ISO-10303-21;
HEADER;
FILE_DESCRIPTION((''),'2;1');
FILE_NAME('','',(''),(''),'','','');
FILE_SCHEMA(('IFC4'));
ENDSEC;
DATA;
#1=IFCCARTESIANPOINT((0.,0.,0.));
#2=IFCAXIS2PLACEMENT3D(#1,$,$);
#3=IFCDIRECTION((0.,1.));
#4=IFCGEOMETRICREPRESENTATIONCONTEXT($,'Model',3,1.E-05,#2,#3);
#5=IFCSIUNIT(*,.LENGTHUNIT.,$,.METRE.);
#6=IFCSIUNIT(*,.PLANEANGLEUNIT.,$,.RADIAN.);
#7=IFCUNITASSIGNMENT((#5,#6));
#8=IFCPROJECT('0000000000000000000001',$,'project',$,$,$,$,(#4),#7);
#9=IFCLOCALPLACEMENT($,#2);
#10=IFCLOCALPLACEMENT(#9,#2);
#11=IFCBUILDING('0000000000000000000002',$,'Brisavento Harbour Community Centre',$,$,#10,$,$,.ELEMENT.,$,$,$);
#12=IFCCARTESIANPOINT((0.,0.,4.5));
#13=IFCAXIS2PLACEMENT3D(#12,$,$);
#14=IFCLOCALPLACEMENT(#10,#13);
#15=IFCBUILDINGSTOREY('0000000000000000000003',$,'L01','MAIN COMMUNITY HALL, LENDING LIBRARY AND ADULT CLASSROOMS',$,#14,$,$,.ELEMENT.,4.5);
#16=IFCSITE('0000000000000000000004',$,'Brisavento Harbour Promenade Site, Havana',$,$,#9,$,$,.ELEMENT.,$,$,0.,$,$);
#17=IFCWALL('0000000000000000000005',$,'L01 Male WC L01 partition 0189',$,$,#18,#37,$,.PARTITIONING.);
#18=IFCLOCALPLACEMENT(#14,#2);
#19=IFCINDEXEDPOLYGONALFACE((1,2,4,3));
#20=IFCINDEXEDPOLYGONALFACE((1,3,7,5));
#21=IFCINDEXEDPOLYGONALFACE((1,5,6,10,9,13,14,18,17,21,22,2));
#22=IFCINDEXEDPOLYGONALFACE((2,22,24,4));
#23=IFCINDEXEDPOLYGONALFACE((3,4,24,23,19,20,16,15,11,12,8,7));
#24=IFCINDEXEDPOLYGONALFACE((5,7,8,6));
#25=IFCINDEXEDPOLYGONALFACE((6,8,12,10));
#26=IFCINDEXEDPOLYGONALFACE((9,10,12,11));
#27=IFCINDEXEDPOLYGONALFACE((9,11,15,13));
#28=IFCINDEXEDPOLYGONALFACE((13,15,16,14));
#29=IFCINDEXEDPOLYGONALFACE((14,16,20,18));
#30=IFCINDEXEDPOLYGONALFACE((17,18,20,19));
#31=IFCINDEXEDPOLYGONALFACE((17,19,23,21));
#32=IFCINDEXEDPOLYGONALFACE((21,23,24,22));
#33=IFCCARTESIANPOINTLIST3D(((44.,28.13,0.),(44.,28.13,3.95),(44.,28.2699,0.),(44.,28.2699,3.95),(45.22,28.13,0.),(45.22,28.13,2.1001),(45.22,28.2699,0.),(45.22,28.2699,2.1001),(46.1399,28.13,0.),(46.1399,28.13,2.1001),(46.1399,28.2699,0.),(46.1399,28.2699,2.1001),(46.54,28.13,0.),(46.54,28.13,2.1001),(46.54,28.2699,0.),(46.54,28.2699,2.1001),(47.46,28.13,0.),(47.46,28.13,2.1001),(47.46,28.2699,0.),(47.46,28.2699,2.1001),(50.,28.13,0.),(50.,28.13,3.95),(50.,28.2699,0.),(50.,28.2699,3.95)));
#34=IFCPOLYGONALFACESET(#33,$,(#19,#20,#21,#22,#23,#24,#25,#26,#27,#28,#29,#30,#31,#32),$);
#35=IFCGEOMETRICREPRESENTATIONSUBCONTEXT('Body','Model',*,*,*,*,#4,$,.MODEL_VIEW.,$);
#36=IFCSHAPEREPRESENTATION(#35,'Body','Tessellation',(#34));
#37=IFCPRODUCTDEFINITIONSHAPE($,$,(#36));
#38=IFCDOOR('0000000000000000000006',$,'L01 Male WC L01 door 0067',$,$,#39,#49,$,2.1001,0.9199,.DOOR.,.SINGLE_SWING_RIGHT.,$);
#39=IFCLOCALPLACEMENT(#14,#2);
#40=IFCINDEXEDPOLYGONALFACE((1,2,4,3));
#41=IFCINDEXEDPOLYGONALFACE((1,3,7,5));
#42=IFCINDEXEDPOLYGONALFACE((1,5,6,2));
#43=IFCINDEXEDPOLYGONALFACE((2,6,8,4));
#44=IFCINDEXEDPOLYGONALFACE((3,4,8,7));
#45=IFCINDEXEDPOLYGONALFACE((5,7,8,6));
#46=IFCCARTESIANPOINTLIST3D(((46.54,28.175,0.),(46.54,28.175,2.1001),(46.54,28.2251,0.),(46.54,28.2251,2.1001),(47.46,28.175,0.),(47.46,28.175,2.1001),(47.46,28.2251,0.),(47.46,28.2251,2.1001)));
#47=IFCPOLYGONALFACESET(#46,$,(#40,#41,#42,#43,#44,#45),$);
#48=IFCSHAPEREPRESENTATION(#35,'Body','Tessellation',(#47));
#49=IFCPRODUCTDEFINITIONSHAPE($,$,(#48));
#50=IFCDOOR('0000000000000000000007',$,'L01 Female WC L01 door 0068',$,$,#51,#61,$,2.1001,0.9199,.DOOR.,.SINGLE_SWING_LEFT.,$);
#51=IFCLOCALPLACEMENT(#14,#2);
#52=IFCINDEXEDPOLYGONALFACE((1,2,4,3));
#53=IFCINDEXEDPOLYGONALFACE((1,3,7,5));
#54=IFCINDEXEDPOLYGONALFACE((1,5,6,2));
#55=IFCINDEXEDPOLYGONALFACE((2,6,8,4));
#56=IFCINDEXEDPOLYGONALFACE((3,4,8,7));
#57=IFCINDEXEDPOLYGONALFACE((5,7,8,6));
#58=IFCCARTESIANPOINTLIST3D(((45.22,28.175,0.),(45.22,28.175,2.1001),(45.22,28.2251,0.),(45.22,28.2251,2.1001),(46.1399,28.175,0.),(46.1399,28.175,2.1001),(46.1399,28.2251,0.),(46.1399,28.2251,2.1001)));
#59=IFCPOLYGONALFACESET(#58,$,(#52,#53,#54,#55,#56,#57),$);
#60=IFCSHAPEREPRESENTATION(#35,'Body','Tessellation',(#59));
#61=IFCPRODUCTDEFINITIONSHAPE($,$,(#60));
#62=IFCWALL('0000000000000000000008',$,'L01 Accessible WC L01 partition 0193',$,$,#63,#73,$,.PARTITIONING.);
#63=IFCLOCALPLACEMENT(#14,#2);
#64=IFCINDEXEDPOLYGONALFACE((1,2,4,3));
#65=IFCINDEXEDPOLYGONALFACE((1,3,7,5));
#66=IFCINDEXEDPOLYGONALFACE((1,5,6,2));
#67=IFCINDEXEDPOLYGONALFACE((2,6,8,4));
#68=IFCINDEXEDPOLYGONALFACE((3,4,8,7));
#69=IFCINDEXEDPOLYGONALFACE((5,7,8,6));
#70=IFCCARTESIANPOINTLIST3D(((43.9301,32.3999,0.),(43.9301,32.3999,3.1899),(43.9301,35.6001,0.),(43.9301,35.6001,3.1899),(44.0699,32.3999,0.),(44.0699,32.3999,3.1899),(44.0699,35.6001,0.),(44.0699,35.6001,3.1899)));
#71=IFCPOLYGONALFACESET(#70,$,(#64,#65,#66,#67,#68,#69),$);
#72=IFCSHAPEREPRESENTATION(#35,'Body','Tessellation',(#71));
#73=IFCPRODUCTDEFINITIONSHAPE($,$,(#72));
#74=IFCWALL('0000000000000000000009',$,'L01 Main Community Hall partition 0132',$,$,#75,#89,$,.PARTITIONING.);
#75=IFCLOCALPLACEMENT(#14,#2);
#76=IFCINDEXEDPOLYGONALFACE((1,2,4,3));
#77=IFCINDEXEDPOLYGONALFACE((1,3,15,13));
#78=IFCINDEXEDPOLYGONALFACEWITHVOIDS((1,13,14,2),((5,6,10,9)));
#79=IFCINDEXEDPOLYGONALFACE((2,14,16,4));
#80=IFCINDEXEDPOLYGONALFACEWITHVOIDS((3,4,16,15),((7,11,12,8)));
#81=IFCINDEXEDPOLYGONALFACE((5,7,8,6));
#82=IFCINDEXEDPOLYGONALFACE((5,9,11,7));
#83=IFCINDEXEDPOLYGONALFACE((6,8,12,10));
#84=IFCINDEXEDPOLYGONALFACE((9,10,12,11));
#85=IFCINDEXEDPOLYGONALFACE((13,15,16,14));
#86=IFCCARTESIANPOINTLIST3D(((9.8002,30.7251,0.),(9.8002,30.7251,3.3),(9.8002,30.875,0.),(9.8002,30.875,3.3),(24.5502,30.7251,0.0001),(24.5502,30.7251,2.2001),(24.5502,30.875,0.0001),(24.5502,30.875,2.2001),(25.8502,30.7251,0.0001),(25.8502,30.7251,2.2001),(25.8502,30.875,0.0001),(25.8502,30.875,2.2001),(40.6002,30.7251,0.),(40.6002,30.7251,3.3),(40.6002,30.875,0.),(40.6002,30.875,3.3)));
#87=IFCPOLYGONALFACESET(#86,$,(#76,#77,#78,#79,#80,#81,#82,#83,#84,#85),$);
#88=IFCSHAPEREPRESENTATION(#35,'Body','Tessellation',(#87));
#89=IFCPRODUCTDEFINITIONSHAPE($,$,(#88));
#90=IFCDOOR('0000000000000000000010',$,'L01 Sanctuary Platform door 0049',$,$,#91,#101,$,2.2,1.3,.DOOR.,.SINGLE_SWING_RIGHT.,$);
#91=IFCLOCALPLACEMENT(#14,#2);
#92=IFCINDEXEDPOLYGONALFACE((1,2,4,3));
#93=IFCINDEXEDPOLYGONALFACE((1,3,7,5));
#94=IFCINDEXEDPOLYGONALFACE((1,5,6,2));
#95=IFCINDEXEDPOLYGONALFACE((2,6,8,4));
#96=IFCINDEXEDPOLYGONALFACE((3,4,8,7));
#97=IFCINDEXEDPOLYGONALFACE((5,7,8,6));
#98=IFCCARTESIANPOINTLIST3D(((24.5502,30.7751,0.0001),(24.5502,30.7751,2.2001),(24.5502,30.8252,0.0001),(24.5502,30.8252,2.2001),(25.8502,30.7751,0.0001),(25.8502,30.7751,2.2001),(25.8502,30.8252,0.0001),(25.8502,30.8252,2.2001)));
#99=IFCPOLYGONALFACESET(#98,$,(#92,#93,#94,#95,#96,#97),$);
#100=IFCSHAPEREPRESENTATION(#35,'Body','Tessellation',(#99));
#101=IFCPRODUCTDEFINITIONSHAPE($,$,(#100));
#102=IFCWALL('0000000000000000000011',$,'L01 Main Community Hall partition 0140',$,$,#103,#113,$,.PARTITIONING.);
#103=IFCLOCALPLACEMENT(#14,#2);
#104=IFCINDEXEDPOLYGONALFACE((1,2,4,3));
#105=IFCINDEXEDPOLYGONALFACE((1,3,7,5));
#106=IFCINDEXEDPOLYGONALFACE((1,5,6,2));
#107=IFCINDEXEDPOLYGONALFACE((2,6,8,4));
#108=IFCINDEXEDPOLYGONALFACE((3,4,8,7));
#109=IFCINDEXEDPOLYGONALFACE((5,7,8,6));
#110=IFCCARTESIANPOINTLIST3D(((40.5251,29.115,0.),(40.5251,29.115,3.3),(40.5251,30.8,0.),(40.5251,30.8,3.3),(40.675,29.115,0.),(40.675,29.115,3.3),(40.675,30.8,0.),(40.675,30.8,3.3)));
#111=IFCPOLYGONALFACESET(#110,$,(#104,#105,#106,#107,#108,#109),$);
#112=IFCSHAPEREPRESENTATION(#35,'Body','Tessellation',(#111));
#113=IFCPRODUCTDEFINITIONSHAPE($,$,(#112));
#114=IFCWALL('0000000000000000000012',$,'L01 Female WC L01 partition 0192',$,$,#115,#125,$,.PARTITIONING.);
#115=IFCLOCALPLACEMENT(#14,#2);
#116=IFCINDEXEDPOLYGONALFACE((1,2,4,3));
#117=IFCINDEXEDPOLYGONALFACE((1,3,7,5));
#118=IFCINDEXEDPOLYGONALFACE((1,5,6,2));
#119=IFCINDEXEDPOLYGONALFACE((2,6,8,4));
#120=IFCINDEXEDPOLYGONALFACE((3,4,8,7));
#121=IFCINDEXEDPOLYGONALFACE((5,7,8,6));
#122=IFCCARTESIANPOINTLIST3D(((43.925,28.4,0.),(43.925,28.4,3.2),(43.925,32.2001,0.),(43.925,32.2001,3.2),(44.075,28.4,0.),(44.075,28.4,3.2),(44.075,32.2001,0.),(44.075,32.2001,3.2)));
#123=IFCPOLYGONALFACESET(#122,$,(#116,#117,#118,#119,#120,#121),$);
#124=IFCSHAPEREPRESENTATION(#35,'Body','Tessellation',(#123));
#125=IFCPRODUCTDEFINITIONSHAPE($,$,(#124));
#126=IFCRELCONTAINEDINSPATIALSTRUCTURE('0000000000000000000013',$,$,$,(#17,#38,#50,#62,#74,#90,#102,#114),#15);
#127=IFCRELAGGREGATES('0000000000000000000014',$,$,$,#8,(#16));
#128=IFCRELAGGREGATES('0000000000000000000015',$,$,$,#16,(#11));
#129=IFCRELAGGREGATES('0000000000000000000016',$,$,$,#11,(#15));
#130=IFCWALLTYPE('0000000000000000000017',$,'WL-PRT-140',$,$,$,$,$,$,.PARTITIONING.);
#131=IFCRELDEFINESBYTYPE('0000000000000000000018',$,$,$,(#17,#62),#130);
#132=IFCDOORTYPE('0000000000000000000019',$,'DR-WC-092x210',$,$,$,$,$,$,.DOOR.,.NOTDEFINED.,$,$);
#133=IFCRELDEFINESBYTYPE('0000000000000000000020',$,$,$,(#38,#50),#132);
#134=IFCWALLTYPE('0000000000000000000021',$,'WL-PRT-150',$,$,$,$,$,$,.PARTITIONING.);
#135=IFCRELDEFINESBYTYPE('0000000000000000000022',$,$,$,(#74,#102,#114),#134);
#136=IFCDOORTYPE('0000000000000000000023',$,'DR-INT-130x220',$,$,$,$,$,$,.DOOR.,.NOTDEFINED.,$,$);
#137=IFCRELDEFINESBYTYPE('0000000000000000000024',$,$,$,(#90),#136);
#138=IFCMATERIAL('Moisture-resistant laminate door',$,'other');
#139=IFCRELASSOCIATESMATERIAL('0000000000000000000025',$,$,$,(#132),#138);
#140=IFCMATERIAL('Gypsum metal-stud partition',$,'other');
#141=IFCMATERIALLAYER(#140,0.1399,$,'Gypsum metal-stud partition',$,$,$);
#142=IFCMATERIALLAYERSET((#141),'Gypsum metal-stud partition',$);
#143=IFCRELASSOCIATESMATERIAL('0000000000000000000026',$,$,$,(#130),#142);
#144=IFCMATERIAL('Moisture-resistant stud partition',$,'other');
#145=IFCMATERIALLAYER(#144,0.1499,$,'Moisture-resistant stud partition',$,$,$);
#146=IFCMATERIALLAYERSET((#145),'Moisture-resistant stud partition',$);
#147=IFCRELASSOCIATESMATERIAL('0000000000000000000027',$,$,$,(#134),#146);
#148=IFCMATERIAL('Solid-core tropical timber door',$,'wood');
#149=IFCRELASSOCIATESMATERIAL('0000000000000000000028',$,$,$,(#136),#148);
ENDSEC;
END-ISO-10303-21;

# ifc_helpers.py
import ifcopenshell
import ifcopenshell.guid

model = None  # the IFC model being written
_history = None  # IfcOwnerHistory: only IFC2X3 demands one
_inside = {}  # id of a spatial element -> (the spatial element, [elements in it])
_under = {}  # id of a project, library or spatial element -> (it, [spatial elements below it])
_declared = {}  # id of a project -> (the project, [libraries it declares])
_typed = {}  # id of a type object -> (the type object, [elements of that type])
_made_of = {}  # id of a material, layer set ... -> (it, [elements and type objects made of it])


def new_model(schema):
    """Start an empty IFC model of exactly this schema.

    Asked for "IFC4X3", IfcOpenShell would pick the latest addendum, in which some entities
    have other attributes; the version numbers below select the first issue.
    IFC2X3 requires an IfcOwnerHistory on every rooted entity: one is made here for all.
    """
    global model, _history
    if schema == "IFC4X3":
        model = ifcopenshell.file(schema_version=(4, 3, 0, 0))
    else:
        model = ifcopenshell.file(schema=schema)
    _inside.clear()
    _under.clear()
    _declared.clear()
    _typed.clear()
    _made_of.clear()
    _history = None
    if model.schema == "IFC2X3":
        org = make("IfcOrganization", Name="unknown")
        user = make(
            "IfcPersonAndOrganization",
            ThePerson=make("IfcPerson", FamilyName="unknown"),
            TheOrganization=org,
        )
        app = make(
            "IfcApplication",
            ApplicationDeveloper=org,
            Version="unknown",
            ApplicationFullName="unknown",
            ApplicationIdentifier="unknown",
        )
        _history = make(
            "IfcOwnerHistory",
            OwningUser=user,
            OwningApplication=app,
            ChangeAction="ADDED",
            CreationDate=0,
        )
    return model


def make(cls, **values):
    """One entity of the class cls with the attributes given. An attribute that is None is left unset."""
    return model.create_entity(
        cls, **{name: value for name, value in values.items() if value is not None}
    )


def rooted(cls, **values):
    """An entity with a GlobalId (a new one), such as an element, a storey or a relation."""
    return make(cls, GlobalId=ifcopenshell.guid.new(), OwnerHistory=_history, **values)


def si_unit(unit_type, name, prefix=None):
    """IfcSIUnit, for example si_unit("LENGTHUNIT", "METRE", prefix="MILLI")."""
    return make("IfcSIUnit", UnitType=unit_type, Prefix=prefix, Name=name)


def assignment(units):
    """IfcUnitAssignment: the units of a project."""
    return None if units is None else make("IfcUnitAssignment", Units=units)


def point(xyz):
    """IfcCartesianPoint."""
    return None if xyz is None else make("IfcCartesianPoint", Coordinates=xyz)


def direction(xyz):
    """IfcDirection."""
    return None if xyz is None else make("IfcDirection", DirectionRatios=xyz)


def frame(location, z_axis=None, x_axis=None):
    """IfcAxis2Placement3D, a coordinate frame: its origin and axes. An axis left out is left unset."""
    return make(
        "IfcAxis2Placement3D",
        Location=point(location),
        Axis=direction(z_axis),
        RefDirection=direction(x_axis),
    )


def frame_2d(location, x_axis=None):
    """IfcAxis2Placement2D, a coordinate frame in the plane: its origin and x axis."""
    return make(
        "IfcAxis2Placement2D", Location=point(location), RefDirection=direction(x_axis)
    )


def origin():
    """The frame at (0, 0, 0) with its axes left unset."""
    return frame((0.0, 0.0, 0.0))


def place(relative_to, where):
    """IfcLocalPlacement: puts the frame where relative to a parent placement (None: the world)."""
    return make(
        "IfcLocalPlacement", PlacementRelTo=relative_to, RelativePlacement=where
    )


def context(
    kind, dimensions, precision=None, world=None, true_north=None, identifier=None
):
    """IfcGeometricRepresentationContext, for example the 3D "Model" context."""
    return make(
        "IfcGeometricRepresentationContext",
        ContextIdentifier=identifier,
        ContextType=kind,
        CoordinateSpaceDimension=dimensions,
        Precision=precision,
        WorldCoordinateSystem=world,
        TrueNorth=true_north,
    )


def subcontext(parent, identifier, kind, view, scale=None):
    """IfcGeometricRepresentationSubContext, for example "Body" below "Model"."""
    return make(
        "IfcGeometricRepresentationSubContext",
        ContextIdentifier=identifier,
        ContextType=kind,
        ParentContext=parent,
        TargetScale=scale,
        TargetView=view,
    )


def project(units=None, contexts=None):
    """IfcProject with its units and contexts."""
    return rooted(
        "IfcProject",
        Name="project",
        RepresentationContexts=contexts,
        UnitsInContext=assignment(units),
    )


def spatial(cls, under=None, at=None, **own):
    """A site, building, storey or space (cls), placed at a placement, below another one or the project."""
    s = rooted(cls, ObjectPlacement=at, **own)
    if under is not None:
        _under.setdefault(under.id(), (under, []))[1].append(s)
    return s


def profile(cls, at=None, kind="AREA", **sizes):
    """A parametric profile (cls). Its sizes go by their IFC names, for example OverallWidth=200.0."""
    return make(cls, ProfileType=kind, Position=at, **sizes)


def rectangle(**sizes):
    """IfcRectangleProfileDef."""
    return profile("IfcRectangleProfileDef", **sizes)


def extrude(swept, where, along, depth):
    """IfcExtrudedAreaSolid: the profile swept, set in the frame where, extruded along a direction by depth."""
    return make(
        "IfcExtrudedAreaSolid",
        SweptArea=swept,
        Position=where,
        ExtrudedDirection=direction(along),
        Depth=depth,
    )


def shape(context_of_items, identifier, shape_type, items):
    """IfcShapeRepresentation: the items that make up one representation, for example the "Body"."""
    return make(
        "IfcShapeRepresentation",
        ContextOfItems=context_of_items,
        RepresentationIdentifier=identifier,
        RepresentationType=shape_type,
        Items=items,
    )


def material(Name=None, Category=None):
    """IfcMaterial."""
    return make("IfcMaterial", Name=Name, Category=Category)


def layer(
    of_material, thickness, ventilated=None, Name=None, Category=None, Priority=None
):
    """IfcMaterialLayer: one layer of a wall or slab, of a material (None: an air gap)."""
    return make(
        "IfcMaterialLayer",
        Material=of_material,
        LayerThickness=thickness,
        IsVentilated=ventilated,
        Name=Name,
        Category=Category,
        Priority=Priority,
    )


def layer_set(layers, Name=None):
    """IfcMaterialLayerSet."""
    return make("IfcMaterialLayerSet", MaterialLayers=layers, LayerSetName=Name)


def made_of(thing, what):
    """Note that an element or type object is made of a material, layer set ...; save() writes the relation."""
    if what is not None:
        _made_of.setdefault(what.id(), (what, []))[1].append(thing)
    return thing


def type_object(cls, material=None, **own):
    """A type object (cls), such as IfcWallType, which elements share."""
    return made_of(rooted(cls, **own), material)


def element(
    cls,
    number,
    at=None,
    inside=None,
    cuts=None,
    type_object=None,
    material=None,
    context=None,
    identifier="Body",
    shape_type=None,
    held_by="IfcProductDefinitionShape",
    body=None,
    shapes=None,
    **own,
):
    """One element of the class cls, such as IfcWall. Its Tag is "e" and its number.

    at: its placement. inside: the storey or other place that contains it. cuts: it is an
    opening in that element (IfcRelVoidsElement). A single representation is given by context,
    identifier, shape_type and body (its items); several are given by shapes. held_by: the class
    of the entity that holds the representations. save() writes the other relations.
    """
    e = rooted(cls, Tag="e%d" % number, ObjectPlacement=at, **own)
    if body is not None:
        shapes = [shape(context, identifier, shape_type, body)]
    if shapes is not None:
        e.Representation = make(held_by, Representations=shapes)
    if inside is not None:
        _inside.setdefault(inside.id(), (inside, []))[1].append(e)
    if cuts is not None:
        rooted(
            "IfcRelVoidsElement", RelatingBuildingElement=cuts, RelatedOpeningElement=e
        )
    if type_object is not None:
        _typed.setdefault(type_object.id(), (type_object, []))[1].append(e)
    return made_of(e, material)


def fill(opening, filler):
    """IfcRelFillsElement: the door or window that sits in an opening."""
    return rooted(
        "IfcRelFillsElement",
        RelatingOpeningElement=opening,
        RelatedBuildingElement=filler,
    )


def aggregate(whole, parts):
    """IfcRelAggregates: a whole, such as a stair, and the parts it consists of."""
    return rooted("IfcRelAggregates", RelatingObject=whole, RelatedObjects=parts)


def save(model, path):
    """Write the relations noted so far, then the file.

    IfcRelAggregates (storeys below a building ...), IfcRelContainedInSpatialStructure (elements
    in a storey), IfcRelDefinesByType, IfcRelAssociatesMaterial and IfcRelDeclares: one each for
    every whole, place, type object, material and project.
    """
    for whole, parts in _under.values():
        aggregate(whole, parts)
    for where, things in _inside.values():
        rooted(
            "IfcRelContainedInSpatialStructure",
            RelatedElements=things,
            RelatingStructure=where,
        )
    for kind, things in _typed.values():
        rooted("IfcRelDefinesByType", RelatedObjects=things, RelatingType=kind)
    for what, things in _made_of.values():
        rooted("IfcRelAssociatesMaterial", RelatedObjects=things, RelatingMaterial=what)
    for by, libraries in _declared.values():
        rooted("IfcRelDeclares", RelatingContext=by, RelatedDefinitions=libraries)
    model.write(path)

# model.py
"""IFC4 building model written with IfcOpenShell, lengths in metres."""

from ifc_helpers import new_model, si_unit, direction, frame, frame_2d, origin, place, context, subcontext, project, spatial, rectangle, extrude, material, layer, layer_set, type_object, element, fill, save


model = new_model("IFC4")

# Units and contexts
model_context = context("Model", 3, precision=1e-05, world=origin(), true_north=direction((0.0, 1.0)))
body_context = subcontext(model_context, "Body", "Model", "MODEL_VIEW")
ifc_project = project(units=[si_unit("LENGTHUNIT", "METRE"), si_unit("PLANEANGLEUNIT", "RADIAN")], contexts=[model_context])

# Site, building, storey
site_placement = place(None, origin())
site = spatial("IfcSite", under=ifc_project, at=site_placement, Name="Brisavento Harbour Promenade Site, Havana", CompositionType="ELEMENT", RefElevation=0.0)
building_placement = place(site_placement, origin())
building = spatial("IfcBuilding", under=site, at=building_placement, Name="Brisavento Harbour Community Centre", CompositionType="ELEMENT")
storey_placement = place(building_placement, frame((0.0, 0.0, 4.5)))
storey = spatial("IfcBuildingStorey", under=building, at=storey_placement, Name="L01", Description="MAIN COMMUNITY HALL, LENDING LIBRARY AND ADULT CLASSROOMS", CompositionType="ELEMENT", Elevation=4.5)

# Shared definitions
ifc_material_1 = material(Name="Moisture-resistant laminate door", Category="other")
door_type_1 = type_object("IfcDoorType", Name="DR-WC-092x210", OperationType="NOTDEFINED", PredefinedType="DOOR", material=ifc_material_1)

# Shared definitions
ifc_material_2 = material(Name="Gypsum metal-stud partition", Category="other")

# Wall, openings, doors
ifc_layer_1 = layer(ifc_material_2, 0.1399, Name="Gypsum metal-stud partition")
ifc_layer_set_1 = layer_set([ifc_layer_1], Name="Gypsum metal-stud partition")
wall_type_1 = type_object("IfcWallType", Name="WL-PRT-140", PredefinedType="PARTITIONING", material=ifc_layer_set_1)
wall_1_placement = place(storey_placement, frame((50.0, 28.2, 0.0), z_axis=(0.0, 0.0, 1.0), x_axis=(-1.0, 0.0, 0.0)))
wall_1 = element("IfcWall", 1, at=wall_1_placement, inside=storey, type_object=wall_type_1, Name="L01 Male WC L01 partition 0189", PredefinedType="PARTITIONING", context=body_context, shape_type="SweptSolid", body=[
    extrude(rectangle(XDim=6.0, YDim=0.1399, at=frame_2d((3.0, 0.0))), origin(), (0.0, 0.0, 1.0), 3.95),
])
opening_1_placement = place(wall_1_placement, frame((2.54, 0.0, 0.0)))
opening_1 = element("IfcOpeningElement", 2, at=opening_1_placement, cuts=wall_1, PredefinedType="OPENING", context=body_context, shape_type="SweptSolid", body=[
    extrude(rectangle(XDim=0.9199, YDim=2.1001, at=frame_2d((0.46, 1.05))), frame((0.0, 0.0801, 0.0), z_axis=(0.0, -1.0, 0.0), x_axis=(1.0, 0.0, 0.0)), (0.0, 0.0, 1.0), 0.1599),
])
opening_2_placement = place(wall_1_placement, frame((3.8601, 0.0, 0.0)))
opening_2 = element("IfcOpeningElement", 3, at=opening_2_placement, cuts=wall_1, PredefinedType="OPENING", context=body_context, shape_type="SweptSolid", body=[
    extrude(rectangle(XDim=0.9199, YDim=2.1001, at=frame_2d((0.46, 1.05))), frame((0.0, 0.0801, 0.0), z_axis=(0.0, -1.0, 0.0), x_axis=(1.0, 0.0, 0.0)), (0.0, 0.0, 1.0), 0.1599),
])
door_1_placement = place(opening_1_placement, origin())
door_1 = element("IfcDoor", 4, at=door_1_placement, inside=storey, type_object=door_type_1, Name="L01 Male WC L01 door 0067", OperationType="SINGLE_SWING_RIGHT", OverallHeight=2.1001, OverallWidth=0.9199, PredefinedType="DOOR", context=body_context, shape_type="SweptSolid", body=[
    extrude(rectangle(XDim=0.9199, YDim=2.1001, at=frame_2d((0.46, 1.05))), frame((0.0, 0.0249, 0.0), z_axis=(0.0, -1.0, 0.0), x_axis=(1.0, 0.0, 0.0)), (0.0, 0.0, 1.0), 0.05),
])
fill(opening_1, door_1)
door_2_placement = place(opening_2_placement, origin())
door_2 = element("IfcDoor", 5, at=door_2_placement, inside=storey, type_object=door_type_1, Name="L01 Female WC L01 door 0068", OperationType="SINGLE_SWING_LEFT", OverallHeight=2.1001, OverallWidth=0.9199, PredefinedType="DOOR", context=body_context, shape_type="SweptSolid", body=[
    extrude(rectangle(XDim=0.9199, YDim=2.1001, at=frame_2d((0.46, 1.05))), frame((0.0, 0.0249, 0.0), z_axis=(0.0, -1.0, 0.0), x_axis=(1.0, 0.0, 0.0)), (0.0, 0.0, 1.0), 0.05),
])
fill(opening_2, door_2)

# Wall
wall_2_placement = place(storey_placement, frame((44.0, 35.6001, 0.0), z_axis=(0.0, 0.0, 1.0), x_axis=(0.0, -1.0, 0.0)))
element("IfcWall", 6, at=wall_2_placement, inside=storey, type_object=wall_type_1, Name="L01 Accessible WC L01 partition 0193", PredefinedType="PARTITIONING", context=body_context, shape_type="SweptSolid", body=[
    extrude(rectangle(XDim=3.2002, YDim=0.1399, at=frame_2d((1.6001, 0.0))), origin(), (0.0, 0.0, 1.0), 3.1899),
])

# Wall, opening, door
ifc_material_3 = material(Name="Moisture-resistant stud partition", Category="other")
ifc_layer_2 = layer(ifc_material_3, 0.1499, Name="Moisture-resistant stud partition")
ifc_layer_set_2 = layer_set([ifc_layer_2], Name="Moisture-resistant stud partition")
wall_type_2 = type_object("IfcWallType", Name="WL-PRT-150", PredefinedType="PARTITIONING", material=ifc_layer_set_2)
wall_3_placement = place(storey_placement, frame((40.6001, 30.8, 0.0), z_axis=(0.0, 0.0, 1.0), x_axis=(-1.0, 0.0, 0.0)))
wall_3 = element("IfcWall", 7, at=wall_3_placement, inside=storey, type_object=wall_type_2, Name="L01 Main Community Hall partition 0132", PredefinedType="PARTITIONING", context=body_context, shape_type="SweptSolid", body=[
    extrude(rectangle(XDim=30.8, YDim=0.1499, at=frame_2d((15.3999, 0.0))), origin(), (0.0, 0.0, 1.0), 3.3),
])
opening_3_placement = place(wall_3_placement, frame((14.75, 0.0, 0.0)))
opening_3 = element("IfcOpeningElement", 8, at=opening_3_placement, cuts=wall_3, PredefinedType="OPENING", context=body_context, shape_type="SweptSolid", body=[
    extrude(rectangle(XDim=1.3, YDim=2.2, at=frame_2d((0.6499, 1.1001))), frame((0.0, 0.085, 0.0), z_axis=(0.0, -1.0, 0.0), x_axis=(1.0, 0.0, 0.0)), (0.0, 0.0, 1.0), 0.1699),
])
ifc_material_4 = material(Name="Solid-core tropical timber door", Category="wood")
door_type_2 = type_object("IfcDoorType", Name="DR-INT-130x220", OperationType="NOTDEFINED", PredefinedType="DOOR", material=ifc_material_4)
door_3_placement = place(opening_3_placement, origin())
door_3 = element("IfcDoor", 9, at=door_3_placement, inside=storey, type_object=door_type_2, Name="L01 Sanctuary Platform door 0049", OperationType="SINGLE_SWING_RIGHT", OverallHeight=2.2, OverallWidth=1.3, PredefinedType="DOOR", context=body_context, shape_type="SweptSolid", body=[
    extrude(rectangle(XDim=1.3, YDim=2.2, at=frame_2d((0.6499, 1.1001))), frame((0.0, 0.0249, 0.0), z_axis=(0.0, -1.0, 0.0), x_axis=(1.0, 0.0, 0.0)), (0.0, 0.0, 1.0), 0.05),
])
fill(opening_3, door_3)

# Walls
wall_4_placement = place(storey_placement, frame((40.6001, 29.115, 0.0), z_axis=(0.0, 0.0, 1.0), x_axis=(0.0, 1.0, 0.0)))
element("IfcWall", 10, at=wall_4_placement, inside=storey, type_object=wall_type_2, Name="L01 Main Community Hall partition 0140", PredefinedType="PARTITIONING", context=body_context, shape_type="SweptSolid", body=[
    extrude(rectangle(XDim=1.6851, YDim=0.1499, at=frame_2d((0.8425, 0.0))), origin(), (0.0, 0.0, 1.0), 3.3),
])
wall_5_placement = place(storey_placement, frame((44.0, 32.2, 0.0), z_axis=(0.0, 0.0, 1.0), x_axis=(0.0, -1.0, 0.0)))
element("IfcWall", 11, at=wall_5_placement, inside=storey, type_object=wall_type_2, Name="L01 Female WC L01 partition 0192", PredefinedType="PARTITIONING", context=body_context, shape_type="SweptSolid", body=[
    extrude(rectangle(XDim=3.8, YDim=0.1499, at=frame_2d((1.8999, 0.0))), origin(), (0.0, 0.0, 1.0), 3.2),
])

save(model, "model.ifc")
